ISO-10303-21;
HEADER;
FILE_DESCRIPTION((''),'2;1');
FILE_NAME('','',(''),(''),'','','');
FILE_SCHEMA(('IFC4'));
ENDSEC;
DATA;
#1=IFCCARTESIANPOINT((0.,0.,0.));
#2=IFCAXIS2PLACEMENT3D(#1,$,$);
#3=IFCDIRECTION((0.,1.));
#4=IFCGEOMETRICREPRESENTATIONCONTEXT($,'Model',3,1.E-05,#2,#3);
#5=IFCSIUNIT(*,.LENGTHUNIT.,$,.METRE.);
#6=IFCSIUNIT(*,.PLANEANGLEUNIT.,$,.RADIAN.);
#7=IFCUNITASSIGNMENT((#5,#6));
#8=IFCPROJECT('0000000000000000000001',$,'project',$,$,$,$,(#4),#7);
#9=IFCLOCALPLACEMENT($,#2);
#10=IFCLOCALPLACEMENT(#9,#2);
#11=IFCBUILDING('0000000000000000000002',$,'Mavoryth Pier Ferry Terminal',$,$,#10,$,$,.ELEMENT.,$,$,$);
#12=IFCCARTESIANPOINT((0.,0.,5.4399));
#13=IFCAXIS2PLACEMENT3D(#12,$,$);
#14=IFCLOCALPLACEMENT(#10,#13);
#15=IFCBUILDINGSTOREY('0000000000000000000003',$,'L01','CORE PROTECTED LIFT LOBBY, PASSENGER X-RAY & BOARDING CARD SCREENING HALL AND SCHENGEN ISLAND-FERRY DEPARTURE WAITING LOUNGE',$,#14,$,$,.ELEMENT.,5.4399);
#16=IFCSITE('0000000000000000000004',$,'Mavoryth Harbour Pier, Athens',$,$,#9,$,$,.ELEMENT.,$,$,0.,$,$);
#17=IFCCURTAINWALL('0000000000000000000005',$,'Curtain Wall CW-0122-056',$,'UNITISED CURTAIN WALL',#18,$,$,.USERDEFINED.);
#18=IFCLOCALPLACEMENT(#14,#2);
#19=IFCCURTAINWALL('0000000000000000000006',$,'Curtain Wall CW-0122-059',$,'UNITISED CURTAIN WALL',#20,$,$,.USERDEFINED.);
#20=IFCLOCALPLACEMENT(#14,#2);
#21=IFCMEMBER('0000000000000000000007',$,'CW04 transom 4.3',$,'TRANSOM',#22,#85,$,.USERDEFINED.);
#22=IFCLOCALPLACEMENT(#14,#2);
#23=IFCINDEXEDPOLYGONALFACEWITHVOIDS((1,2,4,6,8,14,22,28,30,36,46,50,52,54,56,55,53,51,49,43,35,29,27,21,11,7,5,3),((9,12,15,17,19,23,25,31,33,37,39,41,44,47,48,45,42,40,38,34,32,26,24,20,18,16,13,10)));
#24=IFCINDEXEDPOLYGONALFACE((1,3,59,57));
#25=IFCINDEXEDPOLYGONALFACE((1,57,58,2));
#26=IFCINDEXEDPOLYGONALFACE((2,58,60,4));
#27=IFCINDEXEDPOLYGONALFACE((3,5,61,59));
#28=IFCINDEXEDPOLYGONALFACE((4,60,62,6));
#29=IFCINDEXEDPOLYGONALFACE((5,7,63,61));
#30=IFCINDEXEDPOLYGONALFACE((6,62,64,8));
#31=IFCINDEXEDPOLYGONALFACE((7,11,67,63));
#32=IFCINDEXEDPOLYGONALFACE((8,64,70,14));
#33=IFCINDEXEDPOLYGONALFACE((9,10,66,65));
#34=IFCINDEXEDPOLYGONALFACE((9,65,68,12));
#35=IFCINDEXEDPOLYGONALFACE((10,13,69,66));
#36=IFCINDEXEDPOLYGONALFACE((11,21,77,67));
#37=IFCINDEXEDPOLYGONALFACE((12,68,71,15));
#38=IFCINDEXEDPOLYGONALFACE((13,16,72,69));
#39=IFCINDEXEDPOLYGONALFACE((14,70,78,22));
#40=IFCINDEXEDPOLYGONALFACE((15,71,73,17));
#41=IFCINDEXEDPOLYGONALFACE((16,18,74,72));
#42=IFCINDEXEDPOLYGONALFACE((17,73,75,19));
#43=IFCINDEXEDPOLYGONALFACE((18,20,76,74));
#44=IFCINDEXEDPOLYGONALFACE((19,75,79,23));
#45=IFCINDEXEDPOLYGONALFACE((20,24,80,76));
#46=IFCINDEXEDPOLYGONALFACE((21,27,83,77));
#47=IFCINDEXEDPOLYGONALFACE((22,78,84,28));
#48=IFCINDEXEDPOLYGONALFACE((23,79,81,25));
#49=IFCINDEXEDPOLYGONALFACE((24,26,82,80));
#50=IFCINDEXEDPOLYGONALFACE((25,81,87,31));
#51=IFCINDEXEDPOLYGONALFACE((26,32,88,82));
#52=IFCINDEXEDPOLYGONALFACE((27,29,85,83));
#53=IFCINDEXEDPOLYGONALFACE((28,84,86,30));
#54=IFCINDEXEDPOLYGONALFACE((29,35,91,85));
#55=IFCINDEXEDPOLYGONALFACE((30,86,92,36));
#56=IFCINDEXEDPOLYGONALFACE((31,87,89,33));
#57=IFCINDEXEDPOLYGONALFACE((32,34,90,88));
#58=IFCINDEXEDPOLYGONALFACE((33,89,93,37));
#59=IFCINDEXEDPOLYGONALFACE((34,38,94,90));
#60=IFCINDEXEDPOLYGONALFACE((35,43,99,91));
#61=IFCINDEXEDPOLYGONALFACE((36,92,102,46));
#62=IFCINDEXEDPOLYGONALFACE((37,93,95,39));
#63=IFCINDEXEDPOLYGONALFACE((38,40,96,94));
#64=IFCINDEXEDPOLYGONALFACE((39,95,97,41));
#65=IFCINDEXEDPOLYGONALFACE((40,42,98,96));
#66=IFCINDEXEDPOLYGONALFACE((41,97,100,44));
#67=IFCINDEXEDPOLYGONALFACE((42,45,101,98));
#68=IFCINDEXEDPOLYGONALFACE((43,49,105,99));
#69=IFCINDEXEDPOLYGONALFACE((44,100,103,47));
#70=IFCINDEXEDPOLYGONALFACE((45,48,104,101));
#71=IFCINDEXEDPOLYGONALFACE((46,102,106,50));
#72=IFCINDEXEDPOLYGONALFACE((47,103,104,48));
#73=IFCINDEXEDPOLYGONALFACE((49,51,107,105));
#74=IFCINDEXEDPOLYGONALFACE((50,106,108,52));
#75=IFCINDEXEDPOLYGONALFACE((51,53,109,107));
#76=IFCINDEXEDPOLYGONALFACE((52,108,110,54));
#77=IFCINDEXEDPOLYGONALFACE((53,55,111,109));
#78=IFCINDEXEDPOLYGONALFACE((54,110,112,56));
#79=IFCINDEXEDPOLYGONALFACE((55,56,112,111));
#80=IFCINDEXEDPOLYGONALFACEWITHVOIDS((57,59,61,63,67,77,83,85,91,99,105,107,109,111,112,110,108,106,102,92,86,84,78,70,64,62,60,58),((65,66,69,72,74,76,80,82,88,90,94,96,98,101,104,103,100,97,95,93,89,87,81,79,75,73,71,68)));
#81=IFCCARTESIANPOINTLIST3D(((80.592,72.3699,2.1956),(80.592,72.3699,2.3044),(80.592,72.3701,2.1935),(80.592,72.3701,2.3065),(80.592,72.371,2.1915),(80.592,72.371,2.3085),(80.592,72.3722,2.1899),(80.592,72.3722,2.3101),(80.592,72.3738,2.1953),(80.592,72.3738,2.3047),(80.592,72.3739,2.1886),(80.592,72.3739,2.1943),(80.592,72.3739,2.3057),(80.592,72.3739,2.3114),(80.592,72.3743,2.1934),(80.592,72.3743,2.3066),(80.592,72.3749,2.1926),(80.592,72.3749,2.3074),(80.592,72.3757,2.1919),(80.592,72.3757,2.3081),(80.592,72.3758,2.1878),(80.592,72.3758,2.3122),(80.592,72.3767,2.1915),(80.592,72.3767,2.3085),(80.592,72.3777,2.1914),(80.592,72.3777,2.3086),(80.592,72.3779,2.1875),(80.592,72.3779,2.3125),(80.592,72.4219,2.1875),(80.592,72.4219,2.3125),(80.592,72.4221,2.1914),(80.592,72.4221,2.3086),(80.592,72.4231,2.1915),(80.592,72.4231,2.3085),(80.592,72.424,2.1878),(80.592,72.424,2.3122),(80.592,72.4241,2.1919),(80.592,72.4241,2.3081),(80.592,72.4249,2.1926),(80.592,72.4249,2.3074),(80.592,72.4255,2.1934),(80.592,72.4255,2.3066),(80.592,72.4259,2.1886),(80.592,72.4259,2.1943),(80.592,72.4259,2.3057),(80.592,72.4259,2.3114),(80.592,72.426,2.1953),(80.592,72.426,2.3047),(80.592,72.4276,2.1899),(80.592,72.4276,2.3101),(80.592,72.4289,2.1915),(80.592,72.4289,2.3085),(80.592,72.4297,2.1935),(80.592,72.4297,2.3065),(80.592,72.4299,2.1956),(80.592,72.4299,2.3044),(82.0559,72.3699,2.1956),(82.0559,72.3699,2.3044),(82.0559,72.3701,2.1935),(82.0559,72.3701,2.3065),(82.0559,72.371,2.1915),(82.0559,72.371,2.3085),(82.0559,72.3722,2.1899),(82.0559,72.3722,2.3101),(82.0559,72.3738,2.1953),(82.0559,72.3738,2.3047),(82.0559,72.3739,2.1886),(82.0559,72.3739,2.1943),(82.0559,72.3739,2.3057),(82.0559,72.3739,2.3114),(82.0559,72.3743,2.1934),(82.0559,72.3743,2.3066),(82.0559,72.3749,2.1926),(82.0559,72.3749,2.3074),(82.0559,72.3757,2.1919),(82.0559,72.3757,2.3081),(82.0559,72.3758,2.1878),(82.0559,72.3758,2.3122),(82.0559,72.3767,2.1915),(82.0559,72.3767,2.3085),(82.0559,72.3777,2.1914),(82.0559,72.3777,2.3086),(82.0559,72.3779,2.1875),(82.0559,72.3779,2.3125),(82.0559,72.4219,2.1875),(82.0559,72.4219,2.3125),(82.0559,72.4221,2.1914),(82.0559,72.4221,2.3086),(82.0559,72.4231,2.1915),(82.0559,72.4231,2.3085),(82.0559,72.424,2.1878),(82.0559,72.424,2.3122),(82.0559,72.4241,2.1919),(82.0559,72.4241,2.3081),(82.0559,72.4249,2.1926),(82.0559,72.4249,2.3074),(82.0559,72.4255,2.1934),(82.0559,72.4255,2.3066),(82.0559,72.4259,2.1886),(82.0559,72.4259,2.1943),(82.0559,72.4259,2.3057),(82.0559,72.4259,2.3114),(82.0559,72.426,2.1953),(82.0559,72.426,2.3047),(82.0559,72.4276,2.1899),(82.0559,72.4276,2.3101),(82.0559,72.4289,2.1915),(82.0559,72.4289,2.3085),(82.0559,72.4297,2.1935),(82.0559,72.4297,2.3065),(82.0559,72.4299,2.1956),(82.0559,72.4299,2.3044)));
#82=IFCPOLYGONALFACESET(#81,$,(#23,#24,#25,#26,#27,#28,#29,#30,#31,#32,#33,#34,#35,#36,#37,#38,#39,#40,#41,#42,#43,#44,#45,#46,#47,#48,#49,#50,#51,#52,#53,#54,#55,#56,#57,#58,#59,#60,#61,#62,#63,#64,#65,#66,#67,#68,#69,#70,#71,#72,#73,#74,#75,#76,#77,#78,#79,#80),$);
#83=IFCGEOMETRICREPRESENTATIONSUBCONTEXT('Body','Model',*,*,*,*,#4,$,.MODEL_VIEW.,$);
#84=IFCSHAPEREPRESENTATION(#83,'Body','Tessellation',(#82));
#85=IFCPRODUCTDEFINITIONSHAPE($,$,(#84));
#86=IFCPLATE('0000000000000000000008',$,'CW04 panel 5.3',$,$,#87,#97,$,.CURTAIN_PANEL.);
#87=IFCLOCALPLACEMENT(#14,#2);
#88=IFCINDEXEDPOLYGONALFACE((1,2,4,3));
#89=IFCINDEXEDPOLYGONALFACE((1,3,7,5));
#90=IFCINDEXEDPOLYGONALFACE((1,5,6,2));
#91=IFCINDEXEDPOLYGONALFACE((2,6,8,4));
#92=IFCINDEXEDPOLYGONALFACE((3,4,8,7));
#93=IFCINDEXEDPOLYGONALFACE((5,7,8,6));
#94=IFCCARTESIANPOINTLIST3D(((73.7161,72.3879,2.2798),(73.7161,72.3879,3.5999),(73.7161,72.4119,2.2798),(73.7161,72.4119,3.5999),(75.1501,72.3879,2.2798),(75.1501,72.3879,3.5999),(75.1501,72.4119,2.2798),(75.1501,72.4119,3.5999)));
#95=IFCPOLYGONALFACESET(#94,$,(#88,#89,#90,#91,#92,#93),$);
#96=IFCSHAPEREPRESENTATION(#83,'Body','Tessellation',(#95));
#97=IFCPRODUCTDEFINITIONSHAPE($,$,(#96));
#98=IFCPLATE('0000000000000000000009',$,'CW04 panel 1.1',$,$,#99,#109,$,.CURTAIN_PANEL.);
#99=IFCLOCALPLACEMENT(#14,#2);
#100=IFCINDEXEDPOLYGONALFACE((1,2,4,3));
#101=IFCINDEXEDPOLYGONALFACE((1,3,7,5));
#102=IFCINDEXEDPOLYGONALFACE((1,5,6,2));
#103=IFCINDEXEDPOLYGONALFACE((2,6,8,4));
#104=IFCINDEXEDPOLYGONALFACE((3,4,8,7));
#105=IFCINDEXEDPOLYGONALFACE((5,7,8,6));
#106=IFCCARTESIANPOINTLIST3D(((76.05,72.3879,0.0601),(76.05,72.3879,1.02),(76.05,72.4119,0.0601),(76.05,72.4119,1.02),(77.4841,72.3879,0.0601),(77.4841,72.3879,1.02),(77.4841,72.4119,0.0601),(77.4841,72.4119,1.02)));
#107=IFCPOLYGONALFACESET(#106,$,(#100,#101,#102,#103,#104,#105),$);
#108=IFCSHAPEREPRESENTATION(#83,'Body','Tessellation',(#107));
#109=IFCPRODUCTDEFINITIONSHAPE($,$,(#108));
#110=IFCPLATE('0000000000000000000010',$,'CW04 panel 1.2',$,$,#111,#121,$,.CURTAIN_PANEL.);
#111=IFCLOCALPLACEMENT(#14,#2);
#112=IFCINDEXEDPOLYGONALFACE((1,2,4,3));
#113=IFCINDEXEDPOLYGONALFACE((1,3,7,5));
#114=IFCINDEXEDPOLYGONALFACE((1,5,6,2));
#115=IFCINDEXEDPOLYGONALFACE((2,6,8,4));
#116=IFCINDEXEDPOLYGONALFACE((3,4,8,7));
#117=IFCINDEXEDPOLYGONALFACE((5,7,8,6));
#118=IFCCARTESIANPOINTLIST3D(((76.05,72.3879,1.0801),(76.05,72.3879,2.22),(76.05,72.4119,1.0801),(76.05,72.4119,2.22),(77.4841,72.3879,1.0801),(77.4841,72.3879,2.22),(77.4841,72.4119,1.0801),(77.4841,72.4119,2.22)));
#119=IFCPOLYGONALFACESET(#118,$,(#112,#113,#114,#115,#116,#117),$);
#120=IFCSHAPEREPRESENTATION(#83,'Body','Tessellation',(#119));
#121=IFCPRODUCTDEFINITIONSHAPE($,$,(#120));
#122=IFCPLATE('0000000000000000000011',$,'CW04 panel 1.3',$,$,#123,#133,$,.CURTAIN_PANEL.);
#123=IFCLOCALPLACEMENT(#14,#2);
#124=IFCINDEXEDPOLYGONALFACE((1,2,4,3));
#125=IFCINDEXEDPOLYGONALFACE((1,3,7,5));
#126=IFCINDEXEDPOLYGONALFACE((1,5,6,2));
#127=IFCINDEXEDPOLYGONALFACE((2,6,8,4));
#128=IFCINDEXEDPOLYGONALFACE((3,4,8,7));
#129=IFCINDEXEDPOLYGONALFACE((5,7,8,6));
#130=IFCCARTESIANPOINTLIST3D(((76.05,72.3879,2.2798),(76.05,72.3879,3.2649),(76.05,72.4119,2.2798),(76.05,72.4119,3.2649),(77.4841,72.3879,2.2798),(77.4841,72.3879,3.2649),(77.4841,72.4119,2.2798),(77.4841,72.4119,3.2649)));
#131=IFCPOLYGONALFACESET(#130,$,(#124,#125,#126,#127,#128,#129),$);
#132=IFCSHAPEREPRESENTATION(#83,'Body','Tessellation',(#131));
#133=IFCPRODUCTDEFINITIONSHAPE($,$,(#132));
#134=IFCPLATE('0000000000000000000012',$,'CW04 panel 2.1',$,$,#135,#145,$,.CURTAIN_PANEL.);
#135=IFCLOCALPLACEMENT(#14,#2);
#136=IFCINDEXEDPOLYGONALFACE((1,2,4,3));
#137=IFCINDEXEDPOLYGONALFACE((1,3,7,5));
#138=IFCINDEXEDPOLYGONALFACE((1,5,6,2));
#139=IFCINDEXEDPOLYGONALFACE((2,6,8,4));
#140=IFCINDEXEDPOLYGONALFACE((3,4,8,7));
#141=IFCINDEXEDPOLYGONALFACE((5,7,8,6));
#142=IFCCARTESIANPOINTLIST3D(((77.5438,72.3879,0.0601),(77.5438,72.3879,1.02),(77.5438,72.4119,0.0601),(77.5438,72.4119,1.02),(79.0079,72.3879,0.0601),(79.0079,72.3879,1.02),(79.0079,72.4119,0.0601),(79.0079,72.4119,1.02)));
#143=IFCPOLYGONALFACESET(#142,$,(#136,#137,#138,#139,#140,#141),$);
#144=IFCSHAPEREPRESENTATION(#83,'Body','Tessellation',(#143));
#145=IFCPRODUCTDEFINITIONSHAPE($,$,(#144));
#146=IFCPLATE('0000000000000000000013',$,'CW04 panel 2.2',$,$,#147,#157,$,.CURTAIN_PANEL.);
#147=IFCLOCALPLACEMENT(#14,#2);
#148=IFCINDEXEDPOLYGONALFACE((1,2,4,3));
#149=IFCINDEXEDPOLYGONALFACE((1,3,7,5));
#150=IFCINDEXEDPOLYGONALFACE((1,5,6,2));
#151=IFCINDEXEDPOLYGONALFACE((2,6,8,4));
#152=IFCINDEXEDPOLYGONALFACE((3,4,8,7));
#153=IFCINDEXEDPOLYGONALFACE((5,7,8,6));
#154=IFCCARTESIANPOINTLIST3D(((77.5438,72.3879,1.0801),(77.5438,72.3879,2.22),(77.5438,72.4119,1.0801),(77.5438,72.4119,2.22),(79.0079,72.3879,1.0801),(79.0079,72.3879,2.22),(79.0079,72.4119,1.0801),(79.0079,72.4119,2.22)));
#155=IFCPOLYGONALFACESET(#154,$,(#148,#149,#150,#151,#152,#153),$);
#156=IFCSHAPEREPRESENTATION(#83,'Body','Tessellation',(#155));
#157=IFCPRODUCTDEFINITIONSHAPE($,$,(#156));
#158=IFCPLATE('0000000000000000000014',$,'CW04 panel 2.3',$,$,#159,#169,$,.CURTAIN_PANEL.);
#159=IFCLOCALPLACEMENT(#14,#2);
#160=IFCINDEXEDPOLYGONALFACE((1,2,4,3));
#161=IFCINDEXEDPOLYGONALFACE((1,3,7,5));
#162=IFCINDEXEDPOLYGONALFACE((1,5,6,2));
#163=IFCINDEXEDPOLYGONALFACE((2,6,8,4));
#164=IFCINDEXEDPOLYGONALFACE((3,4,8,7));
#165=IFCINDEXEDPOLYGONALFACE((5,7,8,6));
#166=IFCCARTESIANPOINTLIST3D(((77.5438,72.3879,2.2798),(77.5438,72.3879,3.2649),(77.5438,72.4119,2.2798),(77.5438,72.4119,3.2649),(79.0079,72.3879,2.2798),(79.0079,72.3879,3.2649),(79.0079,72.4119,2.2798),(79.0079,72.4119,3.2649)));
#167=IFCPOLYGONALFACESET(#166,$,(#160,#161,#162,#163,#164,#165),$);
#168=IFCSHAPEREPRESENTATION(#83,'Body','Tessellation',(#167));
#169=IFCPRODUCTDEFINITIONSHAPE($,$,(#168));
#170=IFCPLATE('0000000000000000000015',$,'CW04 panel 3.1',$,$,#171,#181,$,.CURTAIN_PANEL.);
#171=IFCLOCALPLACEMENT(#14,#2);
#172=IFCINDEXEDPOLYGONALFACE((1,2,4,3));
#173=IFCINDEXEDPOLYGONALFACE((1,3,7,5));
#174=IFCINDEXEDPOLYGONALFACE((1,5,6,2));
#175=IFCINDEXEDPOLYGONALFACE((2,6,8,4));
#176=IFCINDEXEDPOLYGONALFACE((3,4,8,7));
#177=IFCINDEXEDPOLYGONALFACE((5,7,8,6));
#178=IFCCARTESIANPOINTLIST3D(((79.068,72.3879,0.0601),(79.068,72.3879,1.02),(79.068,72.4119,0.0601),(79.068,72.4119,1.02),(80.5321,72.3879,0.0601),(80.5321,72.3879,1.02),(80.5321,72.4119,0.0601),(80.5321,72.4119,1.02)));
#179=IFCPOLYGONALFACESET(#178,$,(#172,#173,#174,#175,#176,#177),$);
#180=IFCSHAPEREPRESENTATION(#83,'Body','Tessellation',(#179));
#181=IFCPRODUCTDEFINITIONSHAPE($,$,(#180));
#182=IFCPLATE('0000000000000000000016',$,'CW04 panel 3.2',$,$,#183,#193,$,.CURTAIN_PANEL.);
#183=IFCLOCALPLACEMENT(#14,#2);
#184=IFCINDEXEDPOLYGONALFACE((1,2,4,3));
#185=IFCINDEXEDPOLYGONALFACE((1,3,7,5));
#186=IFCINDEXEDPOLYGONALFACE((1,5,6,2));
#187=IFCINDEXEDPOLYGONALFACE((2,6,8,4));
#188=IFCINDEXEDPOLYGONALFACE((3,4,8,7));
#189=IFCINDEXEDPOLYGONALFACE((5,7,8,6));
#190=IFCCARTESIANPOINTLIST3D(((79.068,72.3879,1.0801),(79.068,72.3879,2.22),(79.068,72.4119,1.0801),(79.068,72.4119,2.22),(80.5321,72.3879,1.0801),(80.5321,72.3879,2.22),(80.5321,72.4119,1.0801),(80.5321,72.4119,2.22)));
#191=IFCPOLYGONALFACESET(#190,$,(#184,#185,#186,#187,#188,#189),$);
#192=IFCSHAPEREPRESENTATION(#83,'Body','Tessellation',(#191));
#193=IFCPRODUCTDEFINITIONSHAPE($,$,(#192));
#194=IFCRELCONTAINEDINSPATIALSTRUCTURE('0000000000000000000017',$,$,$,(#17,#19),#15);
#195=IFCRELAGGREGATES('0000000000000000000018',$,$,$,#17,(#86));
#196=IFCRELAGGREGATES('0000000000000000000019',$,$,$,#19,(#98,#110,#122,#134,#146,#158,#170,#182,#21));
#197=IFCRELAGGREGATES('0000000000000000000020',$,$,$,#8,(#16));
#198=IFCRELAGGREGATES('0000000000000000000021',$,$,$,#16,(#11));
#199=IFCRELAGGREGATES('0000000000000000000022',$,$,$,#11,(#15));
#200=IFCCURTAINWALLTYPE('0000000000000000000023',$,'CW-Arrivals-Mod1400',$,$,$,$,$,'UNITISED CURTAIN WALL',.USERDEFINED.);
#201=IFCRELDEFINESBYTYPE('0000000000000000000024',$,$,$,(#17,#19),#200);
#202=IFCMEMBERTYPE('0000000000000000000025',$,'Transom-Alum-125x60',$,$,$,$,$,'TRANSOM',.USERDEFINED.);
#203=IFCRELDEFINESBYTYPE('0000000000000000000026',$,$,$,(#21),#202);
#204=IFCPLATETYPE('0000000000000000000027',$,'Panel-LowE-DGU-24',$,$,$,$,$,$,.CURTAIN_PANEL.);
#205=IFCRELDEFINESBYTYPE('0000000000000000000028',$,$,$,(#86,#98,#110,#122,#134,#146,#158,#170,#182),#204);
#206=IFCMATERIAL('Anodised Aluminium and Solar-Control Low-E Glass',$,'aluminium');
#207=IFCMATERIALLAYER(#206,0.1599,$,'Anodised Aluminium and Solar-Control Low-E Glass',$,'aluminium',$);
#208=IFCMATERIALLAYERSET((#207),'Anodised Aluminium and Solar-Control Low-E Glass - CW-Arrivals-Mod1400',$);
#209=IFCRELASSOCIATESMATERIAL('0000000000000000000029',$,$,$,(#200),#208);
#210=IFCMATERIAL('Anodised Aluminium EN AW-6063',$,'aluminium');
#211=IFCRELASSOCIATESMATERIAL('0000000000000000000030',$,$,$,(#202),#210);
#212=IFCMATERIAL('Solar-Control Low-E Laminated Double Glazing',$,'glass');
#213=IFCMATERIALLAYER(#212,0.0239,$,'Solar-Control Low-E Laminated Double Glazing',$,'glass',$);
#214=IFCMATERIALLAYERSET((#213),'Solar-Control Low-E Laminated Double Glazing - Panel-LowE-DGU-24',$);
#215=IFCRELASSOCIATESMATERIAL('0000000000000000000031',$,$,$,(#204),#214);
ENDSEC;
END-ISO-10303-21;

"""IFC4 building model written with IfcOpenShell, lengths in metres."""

from ifc_helpers import new_model, si_unit, direction, frame, origin, origin_2d, place, context, subcontext, project, spatial, rectangle, hollow_rectangle, extrude, material, layer, layer_set, material_profile, profile_set, type_object, element, aggregate, save


model = new_model("IFC4")

# Units and contexts
model_context = context("Model", 3, precision=1e-05, world=origin(), true_north=direction((0.0, 1.0)))
body_context = subcontext(model_context, "Body", "Model", "MODEL_VIEW")
ifc_project = project(units=[si_unit("LENGTHUNIT", "METRE"), si_unit("PLANEANGLEUNIT", "RADIAN")], contexts=[model_context])

# Site, building, storey
site_placement = place(None, origin())
site = spatial("IfcSite", under=ifc_project, at=site_placement, Name="Mavoryth Harbour Pier, Athens", CompositionType="ELEMENT", RefElevation=0.0)
building_placement = place(site_placement, origin())
building = spatial("IfcBuilding", under=site, at=building_placement, Name="Mavoryth Pier Ferry Terminal", CompositionType="ELEMENT")
storey_placement = place(building_placement, frame((0.0, 0.0, 5.4399)))
storey = spatial("IfcBuildingStorey", under=building, at=storey_placement, Name="L01", Description="CORE PROTECTED LIFT LOBBY, PASSENGER X-RAY & BOARDING CARD SCREENING HALL AND SCHENGEN ISLAND-FERRY DEPARTURE WAITING LOUNGE", CompositionType="ELEMENT", Elevation=5.4399)

# Curtain wall
ifc_material_1 = material(Name="Anodised Aluminium and Solar-Control Low-E Glass", Category="aluminium")
ifc_layer_1 = layer(ifc_material_1, 0.1599, Name="Anodised Aluminium and Solar-Control Low-E Glass", Category="aluminium")
ifc_layer_set_1 = layer_set([ifc_layer_1], Name="Anodised Aluminium and Solar-Control Low-E Glass - CW-Arrivals-Mod1400")
curtain_wall_type = type_object("IfcCurtainWallType", Name="CW-Arrivals-Mod1400", ElementType="UNITISED CURTAIN WALL", PredefinedType="USERDEFINED", material=ifc_layer_set_1)
curtain_wall_1_placement = place(storey_placement, origin())
curtain_wall_1 = element("IfcCurtainWall", 1, at=curtain_wall_1_placement, inside=storey, type_object=curtain_wall_type, Name="Curtain Wall CW-0122-056", ObjectType="UNITISED CURTAIN WALL", PredefinedType="USERDEFINED")
ifc_material_2 = material(Name="Anodised Aluminium EN AW-6063", Category="aluminium")

# Curtain wall
curtain_wall_2_placement = place(storey_placement, origin())
curtain_wall_2 = element("IfcCurtainWall", 2, at=curtain_wall_2_placement, inside=storey, type_object=curtain_wall_type, Name="Curtain Wall CW-0122-059", ObjectType="UNITISED CURTAIN WALL", PredefinedType="USERDEFINED")

# Member
ifc_material_profile_1 = material_profile(ifc_material_2, hollow_rectangle(XDim=0.0601, YDim=0.125, WallThickness=0.0039, InnerFilletRadius=0.0039, OuterFilletRadius=0.0081, at=origin_2d()), Name="AL-TRAN 125x60x4", Category="aluminium")
ifc_profile_set_1 = profile_set([ifc_material_profile_1], Name="Anodised Aluminium EN AW-6063 - AL-TRAN 125x60x4")
member_type_1 = type_object("IfcMemberType", Name="Transom-Alum-125x60", ElementType="TRANSOM", PredefinedType="USERDEFINED", material=ifc_profile_set_1)
member_1_placement = place(storey_placement, frame((80.592, 72.3999, 2.25), z_axis=(1.0, 0.0, 0.0), x_axis=(0.0, 1.0, 0.0)))
member_1 = element("IfcMember", 3, at=member_1_placement, type_object=member_type_1, Name="CW04 transom 4.3", ObjectType="TRANSOM", PredefinedType="USERDEFINED", context=body_context, shape_type="SweptSolid", body=[
    extrude(hollow_rectangle(XDim=0.0601, YDim=0.125, WallThickness=0.0039, InnerFilletRadius=0.0039, OuterFilletRadius=0.0081, at=origin_2d()), origin(), (0.0, 0.0, 1.0), 1.4639),
])

# Plates
ifc_material_3 = material(Name="Solar-Control Low-E Laminated Double Glazing", Category="glass")
ifc_layer_2 = layer(ifc_material_3, 0.0239, Name="Solar-Control Low-E Laminated Double Glazing", Category="glass")
ifc_layer_set_2 = layer_set([ifc_layer_2], Name="Solar-Control Low-E Laminated Double Glazing - Panel-LowE-DGU-24")
plate_type = type_object("IfcPlateType", Name="Panel-LowE-DGU-24", PredefinedType="CURTAIN_PANEL", material=ifc_layer_set_2)
plate_1_placement = place(storey_placement, frame((74.4331, 72.3999, 2.2798), z_axis=(0.0, 0.0, 1.0), x_axis=(1.0, 0.0, 0.0)))
plate_1 = element("IfcPlate", 4, at=plate_1_placement, type_object=plate_type, Name="CW04 panel 5.3", PredefinedType="CURTAIN_PANEL", context=body_context, shape_type="SweptSolid", body=[
    extrude(rectangle(XDim=1.4341, YDim=0.0239, at=origin_2d()), origin(), (0.0, 0.0, 1.0), 1.3201),
])
aggregate(curtain_wall_1, [plate_1])
plate_2_placement = place(storey_placement, frame((76.7671, 72.3999, 0.0601), z_axis=(0.0, 0.0, 1.0), x_axis=(1.0, 0.0, 0.0)))
plate_2 = element("IfcPlate", 5, at=plate_2_placement, type_object=plate_type, Name="CW04 panel 1.1", PredefinedType="CURTAIN_PANEL", context=body_context, shape_type="SweptSolid", body=[
    extrude(rectangle(XDim=1.4341, YDim=0.0239, at=origin_2d()), origin(), (0.0, 0.0, 1.0), 0.96),
])
plate_3_placement = place(storey_placement, frame((76.7671, 72.3999, 1.0801), z_axis=(0.0, 0.0, 1.0), x_axis=(1.0, 0.0, 0.0)))
plate_3 = element("IfcPlate", 6, at=plate_3_placement, type_object=plate_type, Name="CW04 panel 1.2", PredefinedType="CURTAIN_PANEL", context=body_context, shape_type="SweptSolid", body=[
    extrude(rectangle(XDim=1.4341, YDim=0.0239, at=origin_2d()), origin(), (0.0, 0.0, 1.0), 1.1399),
])
plate_4_placement = place(storey_placement, frame((76.7671, 72.3999, 2.2798), z_axis=(0.0, 0.0, 1.0), x_axis=(1.0, 0.0, 0.0)))
plate_4 = element("IfcPlate", 7, at=plate_4_placement, type_object=plate_type, Name="CW04 panel 1.3", PredefinedType="CURTAIN_PANEL", context=body_context, shape_type="SweptSolid", body=[
    extrude(rectangle(XDim=1.4341, YDim=0.0239, at=origin_2d()), origin(), (0.0, 0.0, 1.0), 0.9851),
])
plate_5_placement = place(storey_placement, frame((78.2759, 72.3999, 0.0601), z_axis=(0.0, 0.0, 1.0), x_axis=(1.0, 0.0, 0.0)))
plate_5 = element("IfcPlate", 8, at=plate_5_placement, type_object=plate_type, Name="CW04 panel 2.1", PredefinedType="CURTAIN_PANEL", context=body_context, shape_type="SweptSolid", body=[
    extrude(rectangle(XDim=1.4641, YDim=0.0239, at=origin_2d()), origin(), (0.0, 0.0, 1.0), 0.96),
])
plate_6_placement = place(storey_placement, frame((78.2759, 72.3999, 1.0801), z_axis=(0.0, 0.0, 1.0), x_axis=(1.0, 0.0, 0.0)))
plate_6 = element("IfcPlate", 9, at=plate_6_placement, type_object=plate_type, Name="CW04 panel 2.2", PredefinedType="CURTAIN_PANEL", context=body_context, shape_type="SweptSolid", body=[
    extrude(rectangle(XDim=1.4641, YDim=0.0239, at=origin_2d()), origin(), (0.0, 0.0, 1.0), 1.1399),
])
plate_7_placement = place(storey_placement, frame((78.2759, 72.3999, 2.2798), z_axis=(0.0, 0.0, 1.0), x_axis=(1.0, 0.0, 0.0)))
plate_7 = element("IfcPlate", 10, at=plate_7_placement, type_object=plate_type, Name="CW04 panel 2.3", PredefinedType="CURTAIN_PANEL", context=body_context, shape_type="SweptSolid", body=[
    extrude(rectangle(XDim=1.4641, YDim=0.0239, at=origin_2d()), origin(), (0.0, 0.0, 1.0), 0.9851),
])
plate_8_placement = place(storey_placement, frame((79.8, 72.3999, 0.0601), z_axis=(0.0, 0.0, 1.0), x_axis=(1.0, 0.0, 0.0)))
plate_8 = element("IfcPlate", 11, at=plate_8_placement, type_object=plate_type, Name="CW04 panel 3.1", PredefinedType="CURTAIN_PANEL", context=body_context, shape_type="SweptSolid", body=[
    extrude(rectangle(XDim=1.4641, YDim=0.0239, at=origin_2d()), origin(), (0.0, 0.0, 1.0), 0.96),
])
plate_9_placement = place(storey_placement, frame((79.8, 72.3999, 1.0801), z_axis=(0.0, 0.0, 1.0), x_axis=(1.0, 0.0, 0.0)))
plate_9 = element("IfcPlate", 12, at=plate_9_placement, type_object=plate_type, Name="CW04 panel 3.2", PredefinedType="CURTAIN_PANEL", context=body_context, shape_type="SweptSolid", body=[
    extrude(rectangle(XDim=1.4641, YDim=0.0239, at=origin_2d()), origin(), (0.0, 0.0, 1.0), 1.1399),
])
aggregate(curtain_wall_2, [plate_2, plate_3, plate_4, plate_5, plate_6, plate_7, plate_8, plate_9, member_1])

save(model, "model.ifc")
